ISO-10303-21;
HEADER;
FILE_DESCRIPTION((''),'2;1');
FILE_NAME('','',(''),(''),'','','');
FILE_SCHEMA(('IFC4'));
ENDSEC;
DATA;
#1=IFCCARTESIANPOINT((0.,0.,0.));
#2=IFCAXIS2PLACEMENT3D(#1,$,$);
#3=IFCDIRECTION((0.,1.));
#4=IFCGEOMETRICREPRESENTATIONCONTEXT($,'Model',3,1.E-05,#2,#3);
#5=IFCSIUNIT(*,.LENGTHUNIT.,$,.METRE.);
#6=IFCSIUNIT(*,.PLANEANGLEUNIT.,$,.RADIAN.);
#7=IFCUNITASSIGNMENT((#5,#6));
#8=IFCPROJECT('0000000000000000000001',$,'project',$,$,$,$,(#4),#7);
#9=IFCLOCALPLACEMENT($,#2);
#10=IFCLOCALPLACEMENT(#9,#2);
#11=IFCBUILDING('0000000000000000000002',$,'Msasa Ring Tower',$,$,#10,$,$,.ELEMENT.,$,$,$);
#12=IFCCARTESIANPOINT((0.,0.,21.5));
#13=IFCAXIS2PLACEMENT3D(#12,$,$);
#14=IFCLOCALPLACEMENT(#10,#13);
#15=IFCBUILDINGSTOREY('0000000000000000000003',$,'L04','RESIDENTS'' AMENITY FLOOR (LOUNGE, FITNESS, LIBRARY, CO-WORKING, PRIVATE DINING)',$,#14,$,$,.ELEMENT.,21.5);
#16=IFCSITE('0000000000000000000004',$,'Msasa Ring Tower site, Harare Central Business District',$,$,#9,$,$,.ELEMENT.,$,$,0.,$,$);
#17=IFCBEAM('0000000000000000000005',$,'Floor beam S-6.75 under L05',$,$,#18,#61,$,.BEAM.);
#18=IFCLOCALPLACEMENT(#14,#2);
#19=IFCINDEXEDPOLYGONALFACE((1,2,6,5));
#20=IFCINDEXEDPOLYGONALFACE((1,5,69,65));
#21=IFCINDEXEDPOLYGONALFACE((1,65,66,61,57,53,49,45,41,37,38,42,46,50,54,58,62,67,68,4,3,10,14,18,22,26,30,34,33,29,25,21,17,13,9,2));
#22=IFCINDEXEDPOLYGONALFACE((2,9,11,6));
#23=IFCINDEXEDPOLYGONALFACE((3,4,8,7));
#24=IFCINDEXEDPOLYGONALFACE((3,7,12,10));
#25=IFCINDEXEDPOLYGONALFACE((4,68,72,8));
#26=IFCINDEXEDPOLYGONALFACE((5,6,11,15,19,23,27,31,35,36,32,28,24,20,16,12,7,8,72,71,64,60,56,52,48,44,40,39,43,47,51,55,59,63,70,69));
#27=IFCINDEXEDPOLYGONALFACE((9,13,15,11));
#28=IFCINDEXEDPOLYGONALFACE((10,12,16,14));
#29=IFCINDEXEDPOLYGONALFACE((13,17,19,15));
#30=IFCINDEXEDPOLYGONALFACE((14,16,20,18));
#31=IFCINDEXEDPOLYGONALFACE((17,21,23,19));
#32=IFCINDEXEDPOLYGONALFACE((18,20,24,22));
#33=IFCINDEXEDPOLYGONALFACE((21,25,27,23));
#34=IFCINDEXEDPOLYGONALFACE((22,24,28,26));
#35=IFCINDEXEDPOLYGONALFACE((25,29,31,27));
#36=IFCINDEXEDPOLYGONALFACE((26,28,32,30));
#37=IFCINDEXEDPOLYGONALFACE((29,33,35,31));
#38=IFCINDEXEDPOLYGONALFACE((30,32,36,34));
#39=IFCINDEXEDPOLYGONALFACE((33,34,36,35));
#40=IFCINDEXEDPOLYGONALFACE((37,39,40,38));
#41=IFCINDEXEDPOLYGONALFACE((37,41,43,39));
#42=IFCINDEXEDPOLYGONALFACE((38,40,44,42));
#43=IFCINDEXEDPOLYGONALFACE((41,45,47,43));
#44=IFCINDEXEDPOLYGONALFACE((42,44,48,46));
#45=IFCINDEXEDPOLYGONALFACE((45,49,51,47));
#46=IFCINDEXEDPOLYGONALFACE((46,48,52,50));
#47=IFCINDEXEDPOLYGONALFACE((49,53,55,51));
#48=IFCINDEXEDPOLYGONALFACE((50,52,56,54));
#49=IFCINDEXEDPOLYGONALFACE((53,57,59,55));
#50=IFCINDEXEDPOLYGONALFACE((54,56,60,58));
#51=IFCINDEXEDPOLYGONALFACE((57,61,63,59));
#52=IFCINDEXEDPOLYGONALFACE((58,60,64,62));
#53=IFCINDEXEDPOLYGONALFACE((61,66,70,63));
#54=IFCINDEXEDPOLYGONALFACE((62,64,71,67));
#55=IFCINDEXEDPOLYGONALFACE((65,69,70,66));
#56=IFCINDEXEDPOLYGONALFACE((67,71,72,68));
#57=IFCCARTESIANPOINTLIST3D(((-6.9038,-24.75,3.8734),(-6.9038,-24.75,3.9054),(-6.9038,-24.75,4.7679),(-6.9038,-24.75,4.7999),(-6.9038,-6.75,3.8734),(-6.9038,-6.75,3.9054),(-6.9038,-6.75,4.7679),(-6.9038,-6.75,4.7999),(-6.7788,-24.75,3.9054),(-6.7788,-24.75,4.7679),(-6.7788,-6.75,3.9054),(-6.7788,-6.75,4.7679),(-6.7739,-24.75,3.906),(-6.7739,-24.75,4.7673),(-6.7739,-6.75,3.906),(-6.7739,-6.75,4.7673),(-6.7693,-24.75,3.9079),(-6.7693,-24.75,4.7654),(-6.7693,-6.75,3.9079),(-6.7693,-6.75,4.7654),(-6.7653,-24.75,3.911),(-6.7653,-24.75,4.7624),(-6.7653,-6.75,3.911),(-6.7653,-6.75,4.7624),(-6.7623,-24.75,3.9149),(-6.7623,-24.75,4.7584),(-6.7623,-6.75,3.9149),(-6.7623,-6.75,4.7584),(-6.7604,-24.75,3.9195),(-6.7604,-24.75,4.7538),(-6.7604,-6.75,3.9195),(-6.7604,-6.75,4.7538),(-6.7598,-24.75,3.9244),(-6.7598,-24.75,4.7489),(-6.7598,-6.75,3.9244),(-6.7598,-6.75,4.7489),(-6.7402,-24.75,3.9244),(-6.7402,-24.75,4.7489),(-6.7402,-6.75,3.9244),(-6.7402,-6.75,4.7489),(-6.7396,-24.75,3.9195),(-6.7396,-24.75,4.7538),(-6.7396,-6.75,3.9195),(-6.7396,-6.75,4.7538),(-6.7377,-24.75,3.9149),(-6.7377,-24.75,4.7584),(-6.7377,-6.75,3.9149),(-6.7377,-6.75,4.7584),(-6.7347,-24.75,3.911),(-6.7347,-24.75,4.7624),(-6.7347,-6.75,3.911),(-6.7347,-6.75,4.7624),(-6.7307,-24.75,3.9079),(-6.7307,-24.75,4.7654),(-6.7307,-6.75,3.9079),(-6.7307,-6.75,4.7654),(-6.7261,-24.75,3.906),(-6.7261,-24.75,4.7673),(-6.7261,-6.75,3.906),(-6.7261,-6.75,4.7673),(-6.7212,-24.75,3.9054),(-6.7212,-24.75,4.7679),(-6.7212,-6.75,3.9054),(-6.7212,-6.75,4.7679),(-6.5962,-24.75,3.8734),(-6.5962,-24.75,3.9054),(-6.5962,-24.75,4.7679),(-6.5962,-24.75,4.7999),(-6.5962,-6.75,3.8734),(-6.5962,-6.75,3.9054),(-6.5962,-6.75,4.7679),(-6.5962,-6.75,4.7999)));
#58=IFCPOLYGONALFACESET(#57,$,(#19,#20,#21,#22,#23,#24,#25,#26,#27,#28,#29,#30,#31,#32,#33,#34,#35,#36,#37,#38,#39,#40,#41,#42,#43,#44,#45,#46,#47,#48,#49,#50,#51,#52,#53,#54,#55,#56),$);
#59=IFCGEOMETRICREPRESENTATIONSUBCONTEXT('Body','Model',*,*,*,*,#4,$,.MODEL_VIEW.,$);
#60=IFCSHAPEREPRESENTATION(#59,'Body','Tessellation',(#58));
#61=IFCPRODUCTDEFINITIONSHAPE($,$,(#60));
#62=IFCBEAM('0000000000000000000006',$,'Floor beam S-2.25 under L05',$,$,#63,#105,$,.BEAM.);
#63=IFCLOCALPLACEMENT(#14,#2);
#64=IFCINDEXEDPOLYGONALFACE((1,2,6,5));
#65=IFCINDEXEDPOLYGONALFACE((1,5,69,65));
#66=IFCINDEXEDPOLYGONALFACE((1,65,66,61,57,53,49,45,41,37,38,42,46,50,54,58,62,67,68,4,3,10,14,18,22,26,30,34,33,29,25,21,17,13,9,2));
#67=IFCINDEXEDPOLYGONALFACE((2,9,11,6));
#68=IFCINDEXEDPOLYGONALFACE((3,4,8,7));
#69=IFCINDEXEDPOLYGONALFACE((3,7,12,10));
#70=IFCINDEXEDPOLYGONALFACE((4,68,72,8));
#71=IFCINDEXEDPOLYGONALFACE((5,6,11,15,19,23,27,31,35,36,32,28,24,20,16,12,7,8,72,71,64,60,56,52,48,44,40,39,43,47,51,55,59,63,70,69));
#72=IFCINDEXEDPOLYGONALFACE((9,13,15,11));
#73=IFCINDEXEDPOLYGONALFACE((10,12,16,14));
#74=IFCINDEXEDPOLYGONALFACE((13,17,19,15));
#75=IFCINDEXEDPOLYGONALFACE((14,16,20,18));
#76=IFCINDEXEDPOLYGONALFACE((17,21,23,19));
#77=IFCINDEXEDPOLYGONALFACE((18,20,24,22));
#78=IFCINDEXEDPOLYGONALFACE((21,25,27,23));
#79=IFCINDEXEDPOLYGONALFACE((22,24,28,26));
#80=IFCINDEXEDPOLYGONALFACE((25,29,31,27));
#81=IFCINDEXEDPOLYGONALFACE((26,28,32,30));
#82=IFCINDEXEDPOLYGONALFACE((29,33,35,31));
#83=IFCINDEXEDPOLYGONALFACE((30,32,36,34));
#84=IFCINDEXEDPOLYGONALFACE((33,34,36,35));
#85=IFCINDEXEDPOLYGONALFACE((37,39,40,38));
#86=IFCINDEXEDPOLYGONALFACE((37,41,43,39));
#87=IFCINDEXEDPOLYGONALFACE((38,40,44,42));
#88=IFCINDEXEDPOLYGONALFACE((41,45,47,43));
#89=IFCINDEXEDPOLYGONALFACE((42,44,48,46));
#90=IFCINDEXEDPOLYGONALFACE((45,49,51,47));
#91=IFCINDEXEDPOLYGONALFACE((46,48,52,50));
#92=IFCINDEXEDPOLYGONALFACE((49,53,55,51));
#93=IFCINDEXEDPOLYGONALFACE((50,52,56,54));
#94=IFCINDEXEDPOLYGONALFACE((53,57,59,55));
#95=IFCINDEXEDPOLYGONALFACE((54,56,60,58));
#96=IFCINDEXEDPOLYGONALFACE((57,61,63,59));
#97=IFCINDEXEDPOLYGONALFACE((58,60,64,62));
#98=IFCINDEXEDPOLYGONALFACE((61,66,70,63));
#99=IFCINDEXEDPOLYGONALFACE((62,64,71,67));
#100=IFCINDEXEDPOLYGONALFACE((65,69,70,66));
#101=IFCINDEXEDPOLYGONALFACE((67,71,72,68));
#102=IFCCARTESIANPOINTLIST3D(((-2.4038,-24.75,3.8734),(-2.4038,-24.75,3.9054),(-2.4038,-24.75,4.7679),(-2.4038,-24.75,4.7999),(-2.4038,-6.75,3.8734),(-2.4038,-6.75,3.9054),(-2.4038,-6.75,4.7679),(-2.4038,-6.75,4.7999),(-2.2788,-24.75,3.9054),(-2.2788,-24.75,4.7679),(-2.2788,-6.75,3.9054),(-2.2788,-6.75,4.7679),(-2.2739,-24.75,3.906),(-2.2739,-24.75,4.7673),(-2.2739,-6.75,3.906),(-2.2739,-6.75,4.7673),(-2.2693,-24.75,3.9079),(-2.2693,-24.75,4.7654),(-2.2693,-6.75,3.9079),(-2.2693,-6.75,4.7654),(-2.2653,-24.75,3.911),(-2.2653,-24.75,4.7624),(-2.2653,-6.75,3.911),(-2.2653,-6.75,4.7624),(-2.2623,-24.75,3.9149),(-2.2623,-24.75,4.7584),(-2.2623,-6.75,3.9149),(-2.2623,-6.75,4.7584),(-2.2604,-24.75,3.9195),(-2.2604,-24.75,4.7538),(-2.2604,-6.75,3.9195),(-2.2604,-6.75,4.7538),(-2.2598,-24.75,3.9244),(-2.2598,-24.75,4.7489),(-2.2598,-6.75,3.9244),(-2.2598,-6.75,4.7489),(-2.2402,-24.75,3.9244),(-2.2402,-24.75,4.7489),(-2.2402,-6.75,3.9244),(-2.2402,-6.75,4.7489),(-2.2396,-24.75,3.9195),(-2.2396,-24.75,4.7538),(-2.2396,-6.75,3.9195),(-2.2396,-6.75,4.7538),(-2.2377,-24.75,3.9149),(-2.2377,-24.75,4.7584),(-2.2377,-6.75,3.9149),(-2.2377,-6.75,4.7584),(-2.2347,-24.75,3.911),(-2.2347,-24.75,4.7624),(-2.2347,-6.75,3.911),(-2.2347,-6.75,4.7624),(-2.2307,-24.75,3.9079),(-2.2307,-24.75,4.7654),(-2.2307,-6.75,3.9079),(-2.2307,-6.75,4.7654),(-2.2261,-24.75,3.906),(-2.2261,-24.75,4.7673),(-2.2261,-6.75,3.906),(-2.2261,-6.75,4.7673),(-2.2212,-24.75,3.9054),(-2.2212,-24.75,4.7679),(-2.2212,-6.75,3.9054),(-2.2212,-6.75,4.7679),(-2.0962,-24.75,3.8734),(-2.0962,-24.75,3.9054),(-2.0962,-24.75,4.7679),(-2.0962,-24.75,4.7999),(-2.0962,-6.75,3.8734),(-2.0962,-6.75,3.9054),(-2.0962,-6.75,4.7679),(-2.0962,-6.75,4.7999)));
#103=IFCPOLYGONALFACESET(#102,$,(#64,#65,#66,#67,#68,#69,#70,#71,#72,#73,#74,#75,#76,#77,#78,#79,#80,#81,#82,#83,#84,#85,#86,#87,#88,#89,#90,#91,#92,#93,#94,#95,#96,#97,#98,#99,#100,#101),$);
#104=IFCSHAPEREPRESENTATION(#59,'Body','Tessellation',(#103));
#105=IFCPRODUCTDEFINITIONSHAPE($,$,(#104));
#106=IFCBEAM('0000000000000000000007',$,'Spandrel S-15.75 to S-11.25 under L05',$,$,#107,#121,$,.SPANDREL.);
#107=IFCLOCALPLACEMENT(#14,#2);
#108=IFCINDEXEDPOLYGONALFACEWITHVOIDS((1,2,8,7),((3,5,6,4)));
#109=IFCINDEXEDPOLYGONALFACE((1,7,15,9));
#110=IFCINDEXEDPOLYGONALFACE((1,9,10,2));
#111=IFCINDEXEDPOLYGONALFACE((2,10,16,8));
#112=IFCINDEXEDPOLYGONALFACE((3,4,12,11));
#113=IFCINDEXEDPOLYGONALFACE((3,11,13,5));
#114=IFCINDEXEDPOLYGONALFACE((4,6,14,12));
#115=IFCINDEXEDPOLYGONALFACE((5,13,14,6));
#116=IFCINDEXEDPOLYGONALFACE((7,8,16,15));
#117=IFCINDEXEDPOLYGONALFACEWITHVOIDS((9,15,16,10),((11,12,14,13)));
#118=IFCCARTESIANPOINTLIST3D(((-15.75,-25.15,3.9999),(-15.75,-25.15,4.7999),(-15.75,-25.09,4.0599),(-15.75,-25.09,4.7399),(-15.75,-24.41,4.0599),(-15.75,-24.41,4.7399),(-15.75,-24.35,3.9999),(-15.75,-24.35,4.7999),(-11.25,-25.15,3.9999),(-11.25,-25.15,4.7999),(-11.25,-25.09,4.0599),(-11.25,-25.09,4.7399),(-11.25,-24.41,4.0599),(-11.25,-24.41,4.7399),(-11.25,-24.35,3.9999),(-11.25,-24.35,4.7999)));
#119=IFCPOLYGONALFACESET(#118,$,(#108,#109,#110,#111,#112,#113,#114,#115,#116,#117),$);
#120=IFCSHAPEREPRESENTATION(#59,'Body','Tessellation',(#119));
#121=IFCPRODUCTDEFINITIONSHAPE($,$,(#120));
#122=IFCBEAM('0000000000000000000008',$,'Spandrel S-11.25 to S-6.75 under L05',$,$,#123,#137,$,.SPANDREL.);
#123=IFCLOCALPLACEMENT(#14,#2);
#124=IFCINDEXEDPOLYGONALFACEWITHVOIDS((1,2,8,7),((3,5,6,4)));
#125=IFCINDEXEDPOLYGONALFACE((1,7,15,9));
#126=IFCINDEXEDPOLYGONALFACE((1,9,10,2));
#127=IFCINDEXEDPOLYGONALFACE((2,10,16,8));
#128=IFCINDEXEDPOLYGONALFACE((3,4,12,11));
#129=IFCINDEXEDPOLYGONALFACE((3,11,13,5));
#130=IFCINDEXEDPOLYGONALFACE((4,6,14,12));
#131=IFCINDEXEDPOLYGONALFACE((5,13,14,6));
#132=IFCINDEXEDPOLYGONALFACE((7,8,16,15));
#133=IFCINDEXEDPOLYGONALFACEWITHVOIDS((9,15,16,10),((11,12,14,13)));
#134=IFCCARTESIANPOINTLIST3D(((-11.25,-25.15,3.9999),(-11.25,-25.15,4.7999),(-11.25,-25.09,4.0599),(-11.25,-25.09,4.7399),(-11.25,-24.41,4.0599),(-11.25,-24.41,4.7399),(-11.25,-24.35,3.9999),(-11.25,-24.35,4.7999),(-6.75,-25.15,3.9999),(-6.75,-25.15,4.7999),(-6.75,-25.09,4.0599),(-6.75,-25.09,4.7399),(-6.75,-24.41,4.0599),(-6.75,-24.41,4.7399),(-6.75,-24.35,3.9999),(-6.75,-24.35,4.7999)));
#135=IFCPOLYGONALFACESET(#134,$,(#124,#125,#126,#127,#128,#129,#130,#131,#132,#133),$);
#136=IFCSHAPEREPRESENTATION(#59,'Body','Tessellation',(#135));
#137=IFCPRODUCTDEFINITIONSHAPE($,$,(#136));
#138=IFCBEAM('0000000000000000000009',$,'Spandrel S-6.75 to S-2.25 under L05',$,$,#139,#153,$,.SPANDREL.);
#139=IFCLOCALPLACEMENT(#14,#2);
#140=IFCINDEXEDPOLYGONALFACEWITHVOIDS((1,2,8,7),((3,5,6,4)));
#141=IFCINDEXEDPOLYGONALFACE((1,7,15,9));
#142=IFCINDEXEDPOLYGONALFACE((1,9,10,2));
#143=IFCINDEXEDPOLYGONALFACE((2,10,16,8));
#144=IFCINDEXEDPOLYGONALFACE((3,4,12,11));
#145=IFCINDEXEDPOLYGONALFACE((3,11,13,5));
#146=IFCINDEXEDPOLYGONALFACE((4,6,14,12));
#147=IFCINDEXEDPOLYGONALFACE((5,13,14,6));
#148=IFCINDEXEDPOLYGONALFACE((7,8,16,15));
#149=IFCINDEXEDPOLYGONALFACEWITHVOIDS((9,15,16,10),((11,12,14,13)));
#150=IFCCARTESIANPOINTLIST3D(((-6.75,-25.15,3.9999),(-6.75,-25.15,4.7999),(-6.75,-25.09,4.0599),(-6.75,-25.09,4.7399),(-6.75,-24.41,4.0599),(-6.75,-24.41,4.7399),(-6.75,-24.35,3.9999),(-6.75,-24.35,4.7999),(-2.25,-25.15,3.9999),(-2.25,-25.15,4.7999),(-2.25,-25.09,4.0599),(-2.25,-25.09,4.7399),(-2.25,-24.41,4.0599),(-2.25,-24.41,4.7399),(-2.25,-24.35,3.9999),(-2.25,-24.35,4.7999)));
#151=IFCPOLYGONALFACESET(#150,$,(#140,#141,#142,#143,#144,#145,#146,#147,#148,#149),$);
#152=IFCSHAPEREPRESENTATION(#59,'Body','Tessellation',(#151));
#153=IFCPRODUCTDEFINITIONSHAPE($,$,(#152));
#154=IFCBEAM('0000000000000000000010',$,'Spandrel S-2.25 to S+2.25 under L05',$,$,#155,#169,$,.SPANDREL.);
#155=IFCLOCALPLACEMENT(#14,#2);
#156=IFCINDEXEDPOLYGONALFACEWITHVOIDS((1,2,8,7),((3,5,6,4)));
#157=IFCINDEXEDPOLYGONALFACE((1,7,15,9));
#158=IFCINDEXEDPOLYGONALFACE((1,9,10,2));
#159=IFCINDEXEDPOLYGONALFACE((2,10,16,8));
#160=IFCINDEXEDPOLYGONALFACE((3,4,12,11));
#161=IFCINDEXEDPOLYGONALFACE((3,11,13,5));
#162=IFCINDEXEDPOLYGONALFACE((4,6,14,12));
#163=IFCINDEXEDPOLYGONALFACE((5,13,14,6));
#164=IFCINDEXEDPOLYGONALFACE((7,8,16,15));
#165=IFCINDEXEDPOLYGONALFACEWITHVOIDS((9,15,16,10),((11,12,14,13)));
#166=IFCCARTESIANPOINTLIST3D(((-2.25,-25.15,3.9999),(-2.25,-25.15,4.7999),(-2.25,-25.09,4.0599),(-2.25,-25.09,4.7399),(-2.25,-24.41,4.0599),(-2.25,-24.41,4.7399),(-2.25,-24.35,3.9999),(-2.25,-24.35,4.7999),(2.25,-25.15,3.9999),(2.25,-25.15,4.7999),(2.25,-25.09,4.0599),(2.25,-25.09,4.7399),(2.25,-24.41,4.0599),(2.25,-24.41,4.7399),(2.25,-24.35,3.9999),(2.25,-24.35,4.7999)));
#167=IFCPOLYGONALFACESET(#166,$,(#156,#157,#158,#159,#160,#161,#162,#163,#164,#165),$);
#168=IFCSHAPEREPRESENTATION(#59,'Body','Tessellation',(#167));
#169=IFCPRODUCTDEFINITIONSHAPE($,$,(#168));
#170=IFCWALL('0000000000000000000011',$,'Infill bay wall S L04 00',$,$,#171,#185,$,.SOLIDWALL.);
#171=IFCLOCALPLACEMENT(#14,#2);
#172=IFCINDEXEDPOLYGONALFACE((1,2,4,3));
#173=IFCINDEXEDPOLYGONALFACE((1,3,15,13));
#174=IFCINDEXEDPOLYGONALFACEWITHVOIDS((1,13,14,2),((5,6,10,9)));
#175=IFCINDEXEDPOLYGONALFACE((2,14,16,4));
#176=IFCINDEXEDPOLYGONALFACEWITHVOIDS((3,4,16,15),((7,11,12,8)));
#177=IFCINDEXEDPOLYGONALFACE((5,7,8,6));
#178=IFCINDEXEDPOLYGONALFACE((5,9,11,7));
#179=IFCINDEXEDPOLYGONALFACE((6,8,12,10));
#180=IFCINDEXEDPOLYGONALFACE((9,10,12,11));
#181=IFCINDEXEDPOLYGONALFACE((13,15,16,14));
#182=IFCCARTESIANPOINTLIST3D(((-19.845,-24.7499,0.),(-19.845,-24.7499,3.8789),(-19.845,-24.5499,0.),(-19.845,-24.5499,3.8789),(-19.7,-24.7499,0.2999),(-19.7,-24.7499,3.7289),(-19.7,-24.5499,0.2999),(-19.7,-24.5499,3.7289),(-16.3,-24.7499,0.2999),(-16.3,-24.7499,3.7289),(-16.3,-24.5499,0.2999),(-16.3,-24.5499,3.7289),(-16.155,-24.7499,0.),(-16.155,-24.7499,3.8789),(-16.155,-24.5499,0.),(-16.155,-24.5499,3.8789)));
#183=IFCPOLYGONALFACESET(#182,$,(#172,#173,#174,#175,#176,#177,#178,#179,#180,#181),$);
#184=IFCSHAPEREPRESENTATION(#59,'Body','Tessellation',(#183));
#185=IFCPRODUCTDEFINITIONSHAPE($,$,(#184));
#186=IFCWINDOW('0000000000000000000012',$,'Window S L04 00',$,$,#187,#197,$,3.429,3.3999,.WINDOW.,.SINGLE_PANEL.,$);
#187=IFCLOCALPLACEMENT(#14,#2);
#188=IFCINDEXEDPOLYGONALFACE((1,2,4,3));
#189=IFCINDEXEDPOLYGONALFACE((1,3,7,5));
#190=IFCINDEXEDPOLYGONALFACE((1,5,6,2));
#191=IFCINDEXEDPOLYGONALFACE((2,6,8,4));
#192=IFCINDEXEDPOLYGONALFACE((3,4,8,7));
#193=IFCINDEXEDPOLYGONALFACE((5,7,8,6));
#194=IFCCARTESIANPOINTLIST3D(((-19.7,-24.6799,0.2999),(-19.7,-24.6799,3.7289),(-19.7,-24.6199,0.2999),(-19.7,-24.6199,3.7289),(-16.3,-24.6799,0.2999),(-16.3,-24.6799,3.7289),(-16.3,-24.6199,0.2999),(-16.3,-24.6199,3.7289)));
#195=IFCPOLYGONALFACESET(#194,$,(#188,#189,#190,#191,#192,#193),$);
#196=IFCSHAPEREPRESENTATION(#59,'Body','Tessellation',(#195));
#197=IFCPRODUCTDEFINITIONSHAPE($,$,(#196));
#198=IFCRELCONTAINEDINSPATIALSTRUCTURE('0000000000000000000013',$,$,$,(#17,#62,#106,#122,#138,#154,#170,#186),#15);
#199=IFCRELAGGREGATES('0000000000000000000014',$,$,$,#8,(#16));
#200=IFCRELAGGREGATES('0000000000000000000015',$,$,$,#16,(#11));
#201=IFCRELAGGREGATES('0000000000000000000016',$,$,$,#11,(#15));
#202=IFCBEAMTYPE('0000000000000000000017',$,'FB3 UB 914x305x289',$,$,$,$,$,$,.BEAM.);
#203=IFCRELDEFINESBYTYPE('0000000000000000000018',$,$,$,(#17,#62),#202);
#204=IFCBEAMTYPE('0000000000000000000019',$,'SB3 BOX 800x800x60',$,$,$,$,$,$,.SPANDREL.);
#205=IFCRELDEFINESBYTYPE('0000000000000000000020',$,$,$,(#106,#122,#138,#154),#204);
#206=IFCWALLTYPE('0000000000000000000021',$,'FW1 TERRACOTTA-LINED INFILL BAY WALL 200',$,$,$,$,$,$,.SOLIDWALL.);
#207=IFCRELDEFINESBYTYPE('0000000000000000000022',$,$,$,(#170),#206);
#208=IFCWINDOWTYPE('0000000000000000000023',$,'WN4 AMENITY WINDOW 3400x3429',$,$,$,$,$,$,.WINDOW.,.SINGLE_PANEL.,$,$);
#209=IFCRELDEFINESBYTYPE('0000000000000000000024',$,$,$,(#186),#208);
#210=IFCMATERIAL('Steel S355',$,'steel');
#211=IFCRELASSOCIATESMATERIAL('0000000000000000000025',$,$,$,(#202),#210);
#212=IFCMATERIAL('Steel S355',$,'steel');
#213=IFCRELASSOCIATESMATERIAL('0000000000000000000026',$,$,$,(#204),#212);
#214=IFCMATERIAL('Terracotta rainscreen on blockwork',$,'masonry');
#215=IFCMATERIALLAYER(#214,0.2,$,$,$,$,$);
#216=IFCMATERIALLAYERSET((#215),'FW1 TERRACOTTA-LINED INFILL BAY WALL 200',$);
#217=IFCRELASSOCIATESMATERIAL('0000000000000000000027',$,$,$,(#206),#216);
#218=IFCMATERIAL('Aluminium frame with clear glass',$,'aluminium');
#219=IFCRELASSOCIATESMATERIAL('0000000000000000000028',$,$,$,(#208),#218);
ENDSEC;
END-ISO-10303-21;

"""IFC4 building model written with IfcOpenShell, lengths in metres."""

from ifc_helpers import new_model, si_unit, direction, frame, frame_2d, origin, origin_2d, place, context, subcontext, project, spatial, rectangle, hollow_rectangle, i_section, extrude, material, layer, layer_set, material_profile, profile_set, type_object, element, fill, save


model = new_model("IFC4")

# Units and contexts
model_context = context("Model", 3, precision=1e-05, world=origin(), true_north=direction((0.0, 1.0)))
body_context = subcontext(model_context, "Body", "Model", "MODEL_VIEW")
ifc_project = project(units=[si_unit("LENGTHUNIT", "METRE"), si_unit("PLANEANGLEUNIT", "RADIAN")], contexts=[model_context])

# Site, building, storey
site_placement = place(None, origin())
site = spatial("IfcSite", under=ifc_project, at=site_placement, Name="Msasa Ring Tower site, Harare Central Business District", CompositionType="ELEMENT", RefElevation=0.0)
building_placement = place(site_placement, origin())
building = spatial("IfcBuilding", under=site, at=building_placement, Name="Msasa Ring Tower", CompositionType="ELEMENT")
storey_placement = place(building_placement, frame((0.0, 0.0, 21.5)))
storey = spatial("IfcBuildingStorey", under=building, at=storey_placement, Name="L04", Description="RESIDENTS' AMENITY FLOOR (LOUNGE, FITNESS, LIBRARY, CO-WORKING, PRIVATE DINING)", CompositionType="ELEMENT", Elevation=21.5)

# Beams
ifc_material_1 = material(Name="Steel S355", Category="steel")
ifc_material_profile_1 = material_profile(ifc_material_1, i_section(OverallWidth=0.3076, OverallDepth=0.9265, WebThickness=0.0195, FlangeThickness=0.032, FilletRadius=0.019, at=origin_2d()), Name="UB 914x305x289")
ifc_profile_set_1 = profile_set([ifc_material_profile_1], Name="Steel S355")
beam_type_1 = type_object("IfcBeamType", Name="FB3 UB 914x305x289", PredefinedType="BEAM", material=ifc_profile_set_1)
for number, where, z_axis, x_axis, name in (
    (1, (-6.75, -24.75, 4.3367), (0.0, 1.0, 0.0), (-1.0, 0.0, 0.0), "Floor beam S-6.75 under L05"),
    (2, (-2.25, -24.75, 4.3367), (0.0, 1.0, 0.0), (-1.0, 0.0, 0.0), "Floor beam S-2.25 under L05"),
):
    element("IfcBeam", number, at=place(storey_placement, frame(where, z_axis=z_axis, x_axis=x_axis)), inside=storey, type_object=beam_type_1, Name=name, PredefinedType="BEAM", context=body_context, shape_type="SweptSolid", body=[
        extrude(i_section(OverallWidth=0.3076, OverallDepth=0.9265, WebThickness=0.0195, FlangeThickness=0.032, FilletRadius=0.019, at=origin_2d()), origin(), (0.0, 0.0, 1.0), 18.0),
    ])
ifc_material_2 = material(Name="Steel S355", Category="steel")
ifc_material_profile_2 = material_profile(ifc_material_2, hollow_rectangle(XDim=0.8, YDim=0.8, WallThickness=0.0601, at=origin_2d()), Name="BOX 800x800x60")
ifc_profile_set_2 = profile_set([ifc_material_profile_2], Name="Steel S355")
beam_type_2 = type_object("IfcBeamType", Name="SB3 BOX 800x800x60", PredefinedType="SPANDREL", material=ifc_profile_set_2)
for number, where, z_axis, x_axis, name in (
    (3, (-15.75, -24.75, 4.3999), (1.0, 0.0, 0.0), (0.0, 1.0, 0.0), "Spandrel S-15.75 to S-11.25 under L05"),
    (4, (-11.25, -24.75, 4.3999), (1.0, 0.0, 0.0), (0.0, 1.0, 0.0), "Spandrel S-11.25 to S-6.75 under L05"),
    (5, (-6.75, -24.75, 4.3999), (1.0, 0.0, 0.0), (0.0, 1.0, 0.0), "Spandrel S-6.75 to S-2.25 under L05"),
    (6, (-2.25, -24.75, 4.3999), (1.0, 0.0, 0.0), (0.0, 1.0, 0.0), "Spandrel S-2.25 to S+2.25 under L05"),
):
    element("IfcBeam", number, at=place(storey_placement, frame(where, z_axis=z_axis, x_axis=x_axis)), inside=storey, type_object=beam_type_2, Name=name, PredefinedType="SPANDREL", context=body_context, shape_type="SweptSolid", body=[
        extrude(hollow_rectangle(XDim=0.8, YDim=0.8, WallThickness=0.0601, at=origin_2d()), origin(), (0.0, 0.0, 1.0), 4.5),
    ])

# Wall, opening, window
ifc_material_3 = material(Name="Terracotta rainscreen on blockwork", Category="masonry")
ifc_layer_1 = layer(ifc_material_3, 0.2)
ifc_layer_set_1 = layer_set([ifc_layer_1], Name="FW1 TERRACOTTA-LINED INFILL BAY WALL 200")
wall_type_1 = type_object("IfcWallType", Name="FW1 TERRACOTTA-LINED INFILL BAY WALL 200", PredefinedType="SOLIDWALL", material=ifc_layer_set_1)
wall_1_placement = place(storey_placement, frame((-19.845, -24.6499, 0.0), z_axis=(0.0, 0.0, 1.0), x_axis=(1.0, 0.0, 0.0)))
wall_1 = element("IfcWall", 7, at=wall_1_placement, inside=storey, type_object=wall_type_1, Name="Infill bay wall S L04 00", PredefinedType="SOLIDWALL", context=body_context, shape_type="SweptSolid", body=[
    extrude(rectangle(XDim=3.6899, YDim=0.2, at=frame_2d((1.845, 0.0))), origin(), (0.0, 0.0, 1.0), 3.8789),
])
opening_1_placement = place(wall_1_placement, frame((0.145, 0.0, 0.3)))
opening_1 = element("IfcOpeningElement", 8, at=opening_1_placement, cuts=wall_1, PredefinedType="OPENING", context=body_context, shape_type="SweptSolid", body=[
    extrude(rectangle(XDim=3.3999, YDim=3.429, at=frame_2d((1.7, 1.7144))), frame((0.0, 0.1099, 0.0), z_axis=(0.0, -1.0, 0.0), x_axis=(1.0, 0.0, 0.0)), (0.0, 0.0, 1.0), 0.22),
])
ifc_material_4 = material(Name="Aluminium frame with clear glass", Category="aluminium")
window_type = type_object("IfcWindowType", Name="WN4 AMENITY WINDOW 3400x3429", PartitioningType="SINGLE_PANEL", PredefinedType="WINDOW", material=ifc_material_4)
window_1_placement = place(opening_1_placement, origin())
window_1 = element("IfcWindow", 9, at=window_1_placement, inside=storey, type_object=window_type, Name="Window S L04 00", OverallHeight=3.429, OverallWidth=3.3999, PartitioningType="SINGLE_PANEL", PredefinedType="WINDOW", context=body_context, shape_type="SweptSolid", body=[
    extrude(rectangle(XDim=3.3999, YDim=3.429, at=frame_2d((1.7, 1.7144))), frame((0.0, 0.03, 0.0), z_axis=(0.0, -1.0, 0.0), x_axis=(1.0, 0.0, 0.0)), (0.0, 0.0, 1.0), 0.0601),
])
fill(opening_1, window_1)

save(model, "model.ifc")
